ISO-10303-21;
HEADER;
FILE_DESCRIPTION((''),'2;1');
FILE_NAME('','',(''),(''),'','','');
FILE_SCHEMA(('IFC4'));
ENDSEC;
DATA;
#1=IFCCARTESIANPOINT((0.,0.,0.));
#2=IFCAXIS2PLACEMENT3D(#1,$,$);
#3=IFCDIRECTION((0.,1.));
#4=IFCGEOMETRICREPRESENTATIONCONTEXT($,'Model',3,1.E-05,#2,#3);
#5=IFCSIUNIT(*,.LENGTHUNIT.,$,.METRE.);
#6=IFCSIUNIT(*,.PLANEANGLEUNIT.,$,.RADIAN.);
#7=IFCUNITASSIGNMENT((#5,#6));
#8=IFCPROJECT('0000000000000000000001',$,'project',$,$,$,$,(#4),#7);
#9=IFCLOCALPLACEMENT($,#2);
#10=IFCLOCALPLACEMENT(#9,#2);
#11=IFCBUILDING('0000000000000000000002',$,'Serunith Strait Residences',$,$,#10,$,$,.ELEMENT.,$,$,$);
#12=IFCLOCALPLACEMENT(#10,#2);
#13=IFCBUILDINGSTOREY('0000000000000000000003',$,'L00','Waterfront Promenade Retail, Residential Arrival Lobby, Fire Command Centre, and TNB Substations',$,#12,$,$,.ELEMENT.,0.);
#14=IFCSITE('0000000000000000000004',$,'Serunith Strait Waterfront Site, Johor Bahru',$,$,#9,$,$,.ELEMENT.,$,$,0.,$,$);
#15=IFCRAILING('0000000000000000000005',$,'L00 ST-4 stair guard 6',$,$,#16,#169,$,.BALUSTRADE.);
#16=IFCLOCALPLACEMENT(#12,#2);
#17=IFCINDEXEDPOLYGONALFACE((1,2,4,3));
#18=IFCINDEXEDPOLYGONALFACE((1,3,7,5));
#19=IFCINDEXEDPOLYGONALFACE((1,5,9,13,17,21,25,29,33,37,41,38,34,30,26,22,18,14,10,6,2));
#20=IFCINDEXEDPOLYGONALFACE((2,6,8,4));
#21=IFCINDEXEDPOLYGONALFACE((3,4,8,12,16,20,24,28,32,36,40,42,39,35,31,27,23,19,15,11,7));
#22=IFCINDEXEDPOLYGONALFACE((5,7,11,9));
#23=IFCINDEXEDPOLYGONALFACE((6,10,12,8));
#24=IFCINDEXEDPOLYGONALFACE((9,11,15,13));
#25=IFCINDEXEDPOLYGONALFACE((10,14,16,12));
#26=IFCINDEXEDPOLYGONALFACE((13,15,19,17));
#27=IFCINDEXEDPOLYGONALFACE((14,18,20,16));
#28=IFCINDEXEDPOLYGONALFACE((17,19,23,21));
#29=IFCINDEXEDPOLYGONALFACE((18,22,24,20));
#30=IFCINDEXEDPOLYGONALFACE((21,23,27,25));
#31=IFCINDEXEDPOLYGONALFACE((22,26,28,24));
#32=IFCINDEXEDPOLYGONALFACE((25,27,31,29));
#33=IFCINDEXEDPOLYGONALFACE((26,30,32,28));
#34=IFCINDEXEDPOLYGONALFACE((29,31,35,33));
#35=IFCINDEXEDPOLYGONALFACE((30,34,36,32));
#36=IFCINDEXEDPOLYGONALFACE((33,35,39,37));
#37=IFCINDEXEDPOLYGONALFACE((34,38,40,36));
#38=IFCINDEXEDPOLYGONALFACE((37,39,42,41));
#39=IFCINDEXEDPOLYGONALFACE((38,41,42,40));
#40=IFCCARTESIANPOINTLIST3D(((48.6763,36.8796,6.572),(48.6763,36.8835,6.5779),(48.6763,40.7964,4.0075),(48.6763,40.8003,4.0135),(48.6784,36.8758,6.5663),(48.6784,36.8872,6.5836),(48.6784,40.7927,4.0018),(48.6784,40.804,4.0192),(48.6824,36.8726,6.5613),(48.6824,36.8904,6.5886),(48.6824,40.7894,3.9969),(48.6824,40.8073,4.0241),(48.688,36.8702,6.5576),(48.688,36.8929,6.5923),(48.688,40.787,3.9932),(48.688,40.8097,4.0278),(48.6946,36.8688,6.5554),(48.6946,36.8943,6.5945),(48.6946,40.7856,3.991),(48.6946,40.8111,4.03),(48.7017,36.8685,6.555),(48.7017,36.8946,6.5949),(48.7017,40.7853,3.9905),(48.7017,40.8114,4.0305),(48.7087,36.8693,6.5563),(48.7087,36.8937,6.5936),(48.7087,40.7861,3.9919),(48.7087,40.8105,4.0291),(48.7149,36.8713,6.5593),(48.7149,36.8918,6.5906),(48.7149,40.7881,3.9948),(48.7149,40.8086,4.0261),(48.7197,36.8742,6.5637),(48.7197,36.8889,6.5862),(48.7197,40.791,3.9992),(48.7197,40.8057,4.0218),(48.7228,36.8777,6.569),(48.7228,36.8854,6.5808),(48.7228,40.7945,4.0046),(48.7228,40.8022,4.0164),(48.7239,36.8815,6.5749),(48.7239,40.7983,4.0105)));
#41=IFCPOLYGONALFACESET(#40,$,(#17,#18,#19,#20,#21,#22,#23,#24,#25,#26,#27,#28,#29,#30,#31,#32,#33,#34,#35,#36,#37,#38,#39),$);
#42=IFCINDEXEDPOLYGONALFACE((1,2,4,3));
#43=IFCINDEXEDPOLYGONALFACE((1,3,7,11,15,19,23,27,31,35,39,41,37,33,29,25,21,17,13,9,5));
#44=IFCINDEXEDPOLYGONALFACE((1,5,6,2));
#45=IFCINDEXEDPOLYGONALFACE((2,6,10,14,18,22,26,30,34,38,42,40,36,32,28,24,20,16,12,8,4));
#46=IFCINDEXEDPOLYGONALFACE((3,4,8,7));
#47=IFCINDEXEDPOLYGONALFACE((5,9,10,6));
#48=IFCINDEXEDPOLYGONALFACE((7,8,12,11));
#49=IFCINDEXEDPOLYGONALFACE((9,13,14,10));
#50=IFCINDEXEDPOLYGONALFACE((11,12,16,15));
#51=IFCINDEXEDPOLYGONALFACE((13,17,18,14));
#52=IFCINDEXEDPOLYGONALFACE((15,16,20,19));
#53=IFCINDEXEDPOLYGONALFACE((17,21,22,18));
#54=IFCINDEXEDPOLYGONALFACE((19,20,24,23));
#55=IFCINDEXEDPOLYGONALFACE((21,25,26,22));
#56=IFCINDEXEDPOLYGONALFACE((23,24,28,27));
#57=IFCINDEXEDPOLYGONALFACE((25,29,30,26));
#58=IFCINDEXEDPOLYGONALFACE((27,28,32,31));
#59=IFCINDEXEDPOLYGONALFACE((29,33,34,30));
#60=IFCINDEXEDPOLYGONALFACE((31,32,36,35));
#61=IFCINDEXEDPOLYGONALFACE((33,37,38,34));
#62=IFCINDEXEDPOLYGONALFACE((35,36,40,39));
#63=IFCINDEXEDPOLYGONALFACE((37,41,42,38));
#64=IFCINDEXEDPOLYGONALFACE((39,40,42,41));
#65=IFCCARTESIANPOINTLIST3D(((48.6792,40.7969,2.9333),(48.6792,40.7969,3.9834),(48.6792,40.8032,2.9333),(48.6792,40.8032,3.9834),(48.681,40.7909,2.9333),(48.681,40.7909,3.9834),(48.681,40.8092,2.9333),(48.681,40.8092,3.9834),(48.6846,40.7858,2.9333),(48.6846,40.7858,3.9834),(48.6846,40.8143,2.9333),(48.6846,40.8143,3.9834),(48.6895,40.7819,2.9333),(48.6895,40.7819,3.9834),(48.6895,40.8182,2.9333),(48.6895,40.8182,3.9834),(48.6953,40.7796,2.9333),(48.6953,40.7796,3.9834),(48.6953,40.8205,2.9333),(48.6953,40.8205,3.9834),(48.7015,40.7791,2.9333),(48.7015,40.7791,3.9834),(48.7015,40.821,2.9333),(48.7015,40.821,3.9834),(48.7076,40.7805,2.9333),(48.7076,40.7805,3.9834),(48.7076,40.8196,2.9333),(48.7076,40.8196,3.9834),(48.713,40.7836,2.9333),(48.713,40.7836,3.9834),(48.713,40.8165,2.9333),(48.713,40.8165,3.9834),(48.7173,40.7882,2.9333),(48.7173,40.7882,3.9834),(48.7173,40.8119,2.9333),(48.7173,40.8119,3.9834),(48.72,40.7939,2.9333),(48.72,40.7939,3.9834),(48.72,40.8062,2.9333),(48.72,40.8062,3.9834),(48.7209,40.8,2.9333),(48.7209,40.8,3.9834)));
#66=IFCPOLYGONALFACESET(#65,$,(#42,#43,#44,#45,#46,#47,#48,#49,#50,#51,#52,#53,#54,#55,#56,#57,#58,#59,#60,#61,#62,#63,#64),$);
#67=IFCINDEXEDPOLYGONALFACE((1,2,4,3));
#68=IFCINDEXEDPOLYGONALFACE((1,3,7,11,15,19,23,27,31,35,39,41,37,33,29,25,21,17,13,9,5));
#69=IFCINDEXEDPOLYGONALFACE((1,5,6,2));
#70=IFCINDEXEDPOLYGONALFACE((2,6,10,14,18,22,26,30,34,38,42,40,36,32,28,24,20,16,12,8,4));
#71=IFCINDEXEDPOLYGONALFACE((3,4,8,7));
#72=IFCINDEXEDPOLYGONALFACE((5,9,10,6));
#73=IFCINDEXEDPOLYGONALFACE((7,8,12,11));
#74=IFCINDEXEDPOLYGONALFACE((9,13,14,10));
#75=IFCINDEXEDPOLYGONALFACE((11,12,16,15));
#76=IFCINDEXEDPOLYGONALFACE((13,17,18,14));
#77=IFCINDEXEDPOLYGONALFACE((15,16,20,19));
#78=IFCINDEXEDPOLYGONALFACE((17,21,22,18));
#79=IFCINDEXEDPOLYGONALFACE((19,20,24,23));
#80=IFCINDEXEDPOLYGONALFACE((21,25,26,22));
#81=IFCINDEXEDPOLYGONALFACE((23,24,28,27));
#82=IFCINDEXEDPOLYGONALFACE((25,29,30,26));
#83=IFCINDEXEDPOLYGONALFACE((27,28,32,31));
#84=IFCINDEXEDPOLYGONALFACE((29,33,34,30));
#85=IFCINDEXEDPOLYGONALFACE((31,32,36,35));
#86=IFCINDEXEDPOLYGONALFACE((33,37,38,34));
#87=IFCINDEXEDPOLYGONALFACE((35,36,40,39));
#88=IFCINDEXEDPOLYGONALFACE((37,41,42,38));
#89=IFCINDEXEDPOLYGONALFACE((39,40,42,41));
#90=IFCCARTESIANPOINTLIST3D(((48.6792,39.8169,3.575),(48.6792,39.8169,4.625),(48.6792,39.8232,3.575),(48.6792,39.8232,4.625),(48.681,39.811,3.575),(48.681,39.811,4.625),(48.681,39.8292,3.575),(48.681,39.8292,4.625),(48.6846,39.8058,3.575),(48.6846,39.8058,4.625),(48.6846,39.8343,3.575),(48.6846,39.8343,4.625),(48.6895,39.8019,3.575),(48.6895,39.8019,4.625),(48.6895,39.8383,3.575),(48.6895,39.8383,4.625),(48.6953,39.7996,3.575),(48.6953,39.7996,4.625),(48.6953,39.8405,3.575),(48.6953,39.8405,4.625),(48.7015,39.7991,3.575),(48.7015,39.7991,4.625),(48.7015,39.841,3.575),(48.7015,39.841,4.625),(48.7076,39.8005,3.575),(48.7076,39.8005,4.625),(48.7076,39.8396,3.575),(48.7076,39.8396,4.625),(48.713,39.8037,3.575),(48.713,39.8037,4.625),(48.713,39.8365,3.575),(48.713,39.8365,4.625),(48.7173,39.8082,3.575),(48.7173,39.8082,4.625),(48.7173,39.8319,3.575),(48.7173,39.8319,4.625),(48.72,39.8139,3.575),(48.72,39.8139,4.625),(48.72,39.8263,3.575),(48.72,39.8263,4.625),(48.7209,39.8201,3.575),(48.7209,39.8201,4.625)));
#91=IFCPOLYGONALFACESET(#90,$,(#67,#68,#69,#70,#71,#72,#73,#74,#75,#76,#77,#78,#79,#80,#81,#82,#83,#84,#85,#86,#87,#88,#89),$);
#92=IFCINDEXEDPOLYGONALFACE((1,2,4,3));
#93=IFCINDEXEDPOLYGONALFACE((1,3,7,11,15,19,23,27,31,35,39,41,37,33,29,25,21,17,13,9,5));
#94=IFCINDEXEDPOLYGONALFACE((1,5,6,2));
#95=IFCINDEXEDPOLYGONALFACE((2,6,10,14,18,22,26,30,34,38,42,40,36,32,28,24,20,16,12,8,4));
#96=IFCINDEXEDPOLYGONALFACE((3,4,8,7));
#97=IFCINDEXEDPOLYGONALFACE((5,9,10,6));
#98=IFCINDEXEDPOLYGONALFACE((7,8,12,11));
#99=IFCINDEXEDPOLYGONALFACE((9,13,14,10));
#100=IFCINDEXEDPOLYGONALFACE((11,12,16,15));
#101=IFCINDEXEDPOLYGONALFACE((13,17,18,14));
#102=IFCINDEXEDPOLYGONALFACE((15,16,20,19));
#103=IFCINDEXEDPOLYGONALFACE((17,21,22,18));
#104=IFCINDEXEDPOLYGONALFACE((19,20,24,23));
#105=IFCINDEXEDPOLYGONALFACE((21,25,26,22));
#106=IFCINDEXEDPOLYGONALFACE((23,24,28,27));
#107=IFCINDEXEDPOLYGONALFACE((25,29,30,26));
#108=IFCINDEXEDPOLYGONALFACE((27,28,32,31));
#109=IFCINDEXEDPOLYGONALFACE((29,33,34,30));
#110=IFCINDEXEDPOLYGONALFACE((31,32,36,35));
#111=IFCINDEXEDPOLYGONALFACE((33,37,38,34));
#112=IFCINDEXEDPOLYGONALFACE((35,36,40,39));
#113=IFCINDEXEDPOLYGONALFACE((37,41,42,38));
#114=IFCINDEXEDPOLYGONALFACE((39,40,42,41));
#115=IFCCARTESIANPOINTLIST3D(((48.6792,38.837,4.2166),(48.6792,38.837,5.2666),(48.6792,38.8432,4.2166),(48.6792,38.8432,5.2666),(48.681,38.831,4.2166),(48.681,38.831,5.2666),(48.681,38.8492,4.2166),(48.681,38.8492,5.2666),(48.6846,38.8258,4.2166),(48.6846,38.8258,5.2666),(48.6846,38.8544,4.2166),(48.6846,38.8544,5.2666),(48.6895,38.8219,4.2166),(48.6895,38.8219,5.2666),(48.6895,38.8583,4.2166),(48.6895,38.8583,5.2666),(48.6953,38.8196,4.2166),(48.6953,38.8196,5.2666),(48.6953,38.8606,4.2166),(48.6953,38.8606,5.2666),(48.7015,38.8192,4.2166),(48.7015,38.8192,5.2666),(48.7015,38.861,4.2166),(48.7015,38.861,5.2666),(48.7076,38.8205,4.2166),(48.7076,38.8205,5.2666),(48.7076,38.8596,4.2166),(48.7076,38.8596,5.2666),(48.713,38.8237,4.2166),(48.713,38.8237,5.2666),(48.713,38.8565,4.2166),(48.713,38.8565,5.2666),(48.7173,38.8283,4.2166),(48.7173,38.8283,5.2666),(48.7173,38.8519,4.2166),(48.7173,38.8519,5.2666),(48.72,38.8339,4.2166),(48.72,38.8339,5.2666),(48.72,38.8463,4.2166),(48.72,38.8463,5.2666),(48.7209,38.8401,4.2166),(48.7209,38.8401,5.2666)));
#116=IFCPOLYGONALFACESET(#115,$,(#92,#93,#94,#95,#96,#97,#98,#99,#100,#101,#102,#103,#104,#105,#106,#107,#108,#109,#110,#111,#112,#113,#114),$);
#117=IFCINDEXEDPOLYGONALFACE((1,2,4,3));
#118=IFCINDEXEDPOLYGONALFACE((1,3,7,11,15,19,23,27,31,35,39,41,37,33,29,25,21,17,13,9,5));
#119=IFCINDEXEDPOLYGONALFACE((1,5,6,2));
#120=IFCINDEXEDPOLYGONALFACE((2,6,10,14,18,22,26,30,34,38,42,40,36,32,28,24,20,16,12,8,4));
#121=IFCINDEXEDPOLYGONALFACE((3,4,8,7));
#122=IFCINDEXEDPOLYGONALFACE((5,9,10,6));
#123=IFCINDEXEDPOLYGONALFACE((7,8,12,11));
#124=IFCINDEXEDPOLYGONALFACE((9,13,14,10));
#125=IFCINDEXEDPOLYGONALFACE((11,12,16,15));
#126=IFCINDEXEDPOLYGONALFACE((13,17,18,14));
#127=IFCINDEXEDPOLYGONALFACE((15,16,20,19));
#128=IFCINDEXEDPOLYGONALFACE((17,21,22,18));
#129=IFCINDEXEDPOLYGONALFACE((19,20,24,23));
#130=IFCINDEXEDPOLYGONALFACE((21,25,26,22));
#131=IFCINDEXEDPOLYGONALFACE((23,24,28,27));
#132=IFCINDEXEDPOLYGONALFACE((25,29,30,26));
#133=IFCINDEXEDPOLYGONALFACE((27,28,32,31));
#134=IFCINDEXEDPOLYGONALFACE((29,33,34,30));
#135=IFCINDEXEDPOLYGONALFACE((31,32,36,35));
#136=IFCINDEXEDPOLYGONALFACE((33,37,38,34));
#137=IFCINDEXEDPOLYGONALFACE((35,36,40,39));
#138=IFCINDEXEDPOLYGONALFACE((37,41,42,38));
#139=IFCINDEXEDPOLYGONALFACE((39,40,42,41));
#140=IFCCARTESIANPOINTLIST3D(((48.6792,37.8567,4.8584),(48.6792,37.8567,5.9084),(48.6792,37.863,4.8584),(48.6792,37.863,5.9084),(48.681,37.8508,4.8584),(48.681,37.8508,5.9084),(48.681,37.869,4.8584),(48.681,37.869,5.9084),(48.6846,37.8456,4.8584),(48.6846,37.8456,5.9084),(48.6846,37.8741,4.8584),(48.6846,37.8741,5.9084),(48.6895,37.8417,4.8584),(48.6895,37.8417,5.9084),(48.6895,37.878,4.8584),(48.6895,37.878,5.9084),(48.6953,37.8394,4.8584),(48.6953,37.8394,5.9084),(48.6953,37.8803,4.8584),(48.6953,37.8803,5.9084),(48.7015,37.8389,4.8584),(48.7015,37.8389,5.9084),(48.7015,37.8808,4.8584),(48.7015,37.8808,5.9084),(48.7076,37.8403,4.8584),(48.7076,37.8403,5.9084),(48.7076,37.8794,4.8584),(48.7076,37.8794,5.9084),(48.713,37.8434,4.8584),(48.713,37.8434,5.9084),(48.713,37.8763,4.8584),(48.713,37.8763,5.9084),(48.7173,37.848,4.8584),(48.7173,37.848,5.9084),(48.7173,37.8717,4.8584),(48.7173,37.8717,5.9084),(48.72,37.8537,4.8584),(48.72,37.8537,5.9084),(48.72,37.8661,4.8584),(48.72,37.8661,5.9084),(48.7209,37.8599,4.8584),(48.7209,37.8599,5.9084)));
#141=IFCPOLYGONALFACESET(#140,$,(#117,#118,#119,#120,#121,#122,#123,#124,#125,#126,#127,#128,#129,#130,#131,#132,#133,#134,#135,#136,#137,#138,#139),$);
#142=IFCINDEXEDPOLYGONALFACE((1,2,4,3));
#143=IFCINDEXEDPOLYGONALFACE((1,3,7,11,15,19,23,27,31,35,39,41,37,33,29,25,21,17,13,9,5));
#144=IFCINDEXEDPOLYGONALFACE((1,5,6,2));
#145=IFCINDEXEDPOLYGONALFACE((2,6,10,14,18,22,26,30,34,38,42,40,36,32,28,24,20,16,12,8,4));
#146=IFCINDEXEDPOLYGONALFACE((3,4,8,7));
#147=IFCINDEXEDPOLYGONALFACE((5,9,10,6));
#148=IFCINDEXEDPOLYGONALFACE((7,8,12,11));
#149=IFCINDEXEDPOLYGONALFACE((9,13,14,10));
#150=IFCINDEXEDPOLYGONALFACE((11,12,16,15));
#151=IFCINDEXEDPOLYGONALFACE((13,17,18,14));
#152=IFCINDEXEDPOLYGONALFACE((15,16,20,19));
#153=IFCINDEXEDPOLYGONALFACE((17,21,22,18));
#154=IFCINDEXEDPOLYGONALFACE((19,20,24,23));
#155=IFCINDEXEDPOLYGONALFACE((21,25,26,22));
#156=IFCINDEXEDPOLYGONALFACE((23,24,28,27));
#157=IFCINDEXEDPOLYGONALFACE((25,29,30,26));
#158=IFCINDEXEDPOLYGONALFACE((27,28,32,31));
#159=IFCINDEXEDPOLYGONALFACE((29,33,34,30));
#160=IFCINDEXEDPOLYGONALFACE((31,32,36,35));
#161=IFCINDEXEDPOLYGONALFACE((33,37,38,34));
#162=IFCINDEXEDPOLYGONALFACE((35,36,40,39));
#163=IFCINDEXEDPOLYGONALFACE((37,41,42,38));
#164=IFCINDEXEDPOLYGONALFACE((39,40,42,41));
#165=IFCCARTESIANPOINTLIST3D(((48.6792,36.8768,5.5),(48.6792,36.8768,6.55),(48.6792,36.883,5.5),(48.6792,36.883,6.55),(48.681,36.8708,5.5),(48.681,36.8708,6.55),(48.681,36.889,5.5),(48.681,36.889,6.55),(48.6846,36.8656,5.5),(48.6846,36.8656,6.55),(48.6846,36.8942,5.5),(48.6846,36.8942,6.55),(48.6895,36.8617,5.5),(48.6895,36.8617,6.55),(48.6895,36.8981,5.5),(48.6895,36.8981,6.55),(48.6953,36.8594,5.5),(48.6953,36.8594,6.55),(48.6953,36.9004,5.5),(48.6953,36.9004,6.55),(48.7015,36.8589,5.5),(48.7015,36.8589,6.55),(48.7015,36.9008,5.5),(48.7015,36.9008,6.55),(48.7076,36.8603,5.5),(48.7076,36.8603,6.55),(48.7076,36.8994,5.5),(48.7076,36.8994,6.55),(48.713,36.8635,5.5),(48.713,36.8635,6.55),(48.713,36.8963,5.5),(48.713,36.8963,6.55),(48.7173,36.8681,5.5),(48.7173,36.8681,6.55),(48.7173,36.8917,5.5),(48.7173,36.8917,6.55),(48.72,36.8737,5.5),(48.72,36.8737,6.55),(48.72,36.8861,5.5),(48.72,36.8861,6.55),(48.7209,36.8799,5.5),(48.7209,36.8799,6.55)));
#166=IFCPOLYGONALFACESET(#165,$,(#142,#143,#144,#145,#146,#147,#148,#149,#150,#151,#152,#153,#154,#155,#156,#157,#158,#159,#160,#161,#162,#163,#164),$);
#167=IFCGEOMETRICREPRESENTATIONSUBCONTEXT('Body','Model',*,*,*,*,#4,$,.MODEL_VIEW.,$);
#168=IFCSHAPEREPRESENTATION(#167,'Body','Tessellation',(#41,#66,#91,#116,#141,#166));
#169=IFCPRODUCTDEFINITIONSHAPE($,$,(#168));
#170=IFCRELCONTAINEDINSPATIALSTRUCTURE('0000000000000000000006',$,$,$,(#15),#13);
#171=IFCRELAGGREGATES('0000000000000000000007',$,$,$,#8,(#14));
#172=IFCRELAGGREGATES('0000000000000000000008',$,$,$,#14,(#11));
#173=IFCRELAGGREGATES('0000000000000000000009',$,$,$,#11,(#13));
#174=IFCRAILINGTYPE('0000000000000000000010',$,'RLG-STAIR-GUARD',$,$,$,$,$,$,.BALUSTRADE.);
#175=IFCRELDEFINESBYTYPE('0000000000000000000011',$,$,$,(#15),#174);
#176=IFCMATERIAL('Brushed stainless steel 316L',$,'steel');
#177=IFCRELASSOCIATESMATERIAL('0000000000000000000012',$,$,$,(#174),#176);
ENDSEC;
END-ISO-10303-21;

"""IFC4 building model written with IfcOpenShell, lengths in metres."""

from ifc_helpers import new_model, si_unit, direction, frame, origin, origin_2d, place, context, subcontext, project, spatial, circle, extrude, material, type_object, element, save


model = new_model("IFC4")

# Units and contexts
model_context = context("Model", 3, precision=1e-05, world=origin(), true_north=direction((0.0, 1.0)))
body_context = subcontext(model_context, "Body", "Model", "MODEL_VIEW")
ifc_project = project(units=[si_unit("LENGTHUNIT", "METRE"), si_unit("PLANEANGLEUNIT", "RADIAN")], contexts=[model_context])

# Site, building, storey
site_placement = place(None, origin())
site = spatial("IfcSite", under=ifc_project, at=site_placement, Name="Serunith Strait Waterfront Site, Johor Bahru", CompositionType="ELEMENT", RefElevation=0.0)
building_placement = place(site_placement, origin())
building = spatial("IfcBuilding", under=site, at=building_placement, Name="Serunith Strait Residences", CompositionType="ELEMENT")
storey_placement = place(building_placement, origin())
storey = spatial("IfcBuildingStorey", under=building, at=storey_placement, Name="L00", Description="Waterfront Promenade Retail, Residential Arrival Lobby, Fire Command Centre, and TNB Substations", CompositionType="ELEMENT", Elevation=0.0)

# Railing
ifc_material_1 = material(Name="Brushed stainless steel 316L", Category="steel")
railing_type_1 = type_object("IfcRailingType", Name="RLG-STAIR-GUARD", PredefinedType="BALUSTRADE", material=ifc_material_1)
railing_1_placement = place(storey_placement, frame((48.7, 40.8, 2.9333)))
element("IfcRailing", 1, at=railing_1_placement, inside=storey, type_object=railing_type_1, Name="L00 ST-4 stair guard 6", PredefinedType="BALUSTRADE", context=body_context, shape_type="SweptSolid", body=[
    extrude(circle(Radius=0.0239, at=origin_2d()), frame((0.0, -0.0017, 1.0771), z_axis=(0.0, -0.836631, 0.547767), x_axis=(1.0, 0.0, 0.0)), (0.0, 0.0, 1.0), 4.6816),
    extrude(circle(Radius=0.021, at=origin_2d()), origin(), (0.0, 0.0, 1.0), 1.05),
    extrude(circle(Radius=0.021, at=origin_2d()), frame((0.0, -0.98, 0.6416)), (0.0, 0.0, 1.0), 1.05),
    extrude(circle(Radius=0.021, at=origin_2d()), frame((0.0, -1.96, 1.2832)), (0.0, 0.0, 1.0), 1.05),
    extrude(circle(Radius=0.021, at=origin_2d()), frame((0.0, -2.9402, 1.925)), (0.0, 0.0, 1.0), 1.05),
    extrude(circle(Radius=0.021, at=origin_2d()), frame((0.0, -3.9202, 2.5667)), (0.0, 0.0, 1.0), 1.05),
])

save(model, "model.ifc")
